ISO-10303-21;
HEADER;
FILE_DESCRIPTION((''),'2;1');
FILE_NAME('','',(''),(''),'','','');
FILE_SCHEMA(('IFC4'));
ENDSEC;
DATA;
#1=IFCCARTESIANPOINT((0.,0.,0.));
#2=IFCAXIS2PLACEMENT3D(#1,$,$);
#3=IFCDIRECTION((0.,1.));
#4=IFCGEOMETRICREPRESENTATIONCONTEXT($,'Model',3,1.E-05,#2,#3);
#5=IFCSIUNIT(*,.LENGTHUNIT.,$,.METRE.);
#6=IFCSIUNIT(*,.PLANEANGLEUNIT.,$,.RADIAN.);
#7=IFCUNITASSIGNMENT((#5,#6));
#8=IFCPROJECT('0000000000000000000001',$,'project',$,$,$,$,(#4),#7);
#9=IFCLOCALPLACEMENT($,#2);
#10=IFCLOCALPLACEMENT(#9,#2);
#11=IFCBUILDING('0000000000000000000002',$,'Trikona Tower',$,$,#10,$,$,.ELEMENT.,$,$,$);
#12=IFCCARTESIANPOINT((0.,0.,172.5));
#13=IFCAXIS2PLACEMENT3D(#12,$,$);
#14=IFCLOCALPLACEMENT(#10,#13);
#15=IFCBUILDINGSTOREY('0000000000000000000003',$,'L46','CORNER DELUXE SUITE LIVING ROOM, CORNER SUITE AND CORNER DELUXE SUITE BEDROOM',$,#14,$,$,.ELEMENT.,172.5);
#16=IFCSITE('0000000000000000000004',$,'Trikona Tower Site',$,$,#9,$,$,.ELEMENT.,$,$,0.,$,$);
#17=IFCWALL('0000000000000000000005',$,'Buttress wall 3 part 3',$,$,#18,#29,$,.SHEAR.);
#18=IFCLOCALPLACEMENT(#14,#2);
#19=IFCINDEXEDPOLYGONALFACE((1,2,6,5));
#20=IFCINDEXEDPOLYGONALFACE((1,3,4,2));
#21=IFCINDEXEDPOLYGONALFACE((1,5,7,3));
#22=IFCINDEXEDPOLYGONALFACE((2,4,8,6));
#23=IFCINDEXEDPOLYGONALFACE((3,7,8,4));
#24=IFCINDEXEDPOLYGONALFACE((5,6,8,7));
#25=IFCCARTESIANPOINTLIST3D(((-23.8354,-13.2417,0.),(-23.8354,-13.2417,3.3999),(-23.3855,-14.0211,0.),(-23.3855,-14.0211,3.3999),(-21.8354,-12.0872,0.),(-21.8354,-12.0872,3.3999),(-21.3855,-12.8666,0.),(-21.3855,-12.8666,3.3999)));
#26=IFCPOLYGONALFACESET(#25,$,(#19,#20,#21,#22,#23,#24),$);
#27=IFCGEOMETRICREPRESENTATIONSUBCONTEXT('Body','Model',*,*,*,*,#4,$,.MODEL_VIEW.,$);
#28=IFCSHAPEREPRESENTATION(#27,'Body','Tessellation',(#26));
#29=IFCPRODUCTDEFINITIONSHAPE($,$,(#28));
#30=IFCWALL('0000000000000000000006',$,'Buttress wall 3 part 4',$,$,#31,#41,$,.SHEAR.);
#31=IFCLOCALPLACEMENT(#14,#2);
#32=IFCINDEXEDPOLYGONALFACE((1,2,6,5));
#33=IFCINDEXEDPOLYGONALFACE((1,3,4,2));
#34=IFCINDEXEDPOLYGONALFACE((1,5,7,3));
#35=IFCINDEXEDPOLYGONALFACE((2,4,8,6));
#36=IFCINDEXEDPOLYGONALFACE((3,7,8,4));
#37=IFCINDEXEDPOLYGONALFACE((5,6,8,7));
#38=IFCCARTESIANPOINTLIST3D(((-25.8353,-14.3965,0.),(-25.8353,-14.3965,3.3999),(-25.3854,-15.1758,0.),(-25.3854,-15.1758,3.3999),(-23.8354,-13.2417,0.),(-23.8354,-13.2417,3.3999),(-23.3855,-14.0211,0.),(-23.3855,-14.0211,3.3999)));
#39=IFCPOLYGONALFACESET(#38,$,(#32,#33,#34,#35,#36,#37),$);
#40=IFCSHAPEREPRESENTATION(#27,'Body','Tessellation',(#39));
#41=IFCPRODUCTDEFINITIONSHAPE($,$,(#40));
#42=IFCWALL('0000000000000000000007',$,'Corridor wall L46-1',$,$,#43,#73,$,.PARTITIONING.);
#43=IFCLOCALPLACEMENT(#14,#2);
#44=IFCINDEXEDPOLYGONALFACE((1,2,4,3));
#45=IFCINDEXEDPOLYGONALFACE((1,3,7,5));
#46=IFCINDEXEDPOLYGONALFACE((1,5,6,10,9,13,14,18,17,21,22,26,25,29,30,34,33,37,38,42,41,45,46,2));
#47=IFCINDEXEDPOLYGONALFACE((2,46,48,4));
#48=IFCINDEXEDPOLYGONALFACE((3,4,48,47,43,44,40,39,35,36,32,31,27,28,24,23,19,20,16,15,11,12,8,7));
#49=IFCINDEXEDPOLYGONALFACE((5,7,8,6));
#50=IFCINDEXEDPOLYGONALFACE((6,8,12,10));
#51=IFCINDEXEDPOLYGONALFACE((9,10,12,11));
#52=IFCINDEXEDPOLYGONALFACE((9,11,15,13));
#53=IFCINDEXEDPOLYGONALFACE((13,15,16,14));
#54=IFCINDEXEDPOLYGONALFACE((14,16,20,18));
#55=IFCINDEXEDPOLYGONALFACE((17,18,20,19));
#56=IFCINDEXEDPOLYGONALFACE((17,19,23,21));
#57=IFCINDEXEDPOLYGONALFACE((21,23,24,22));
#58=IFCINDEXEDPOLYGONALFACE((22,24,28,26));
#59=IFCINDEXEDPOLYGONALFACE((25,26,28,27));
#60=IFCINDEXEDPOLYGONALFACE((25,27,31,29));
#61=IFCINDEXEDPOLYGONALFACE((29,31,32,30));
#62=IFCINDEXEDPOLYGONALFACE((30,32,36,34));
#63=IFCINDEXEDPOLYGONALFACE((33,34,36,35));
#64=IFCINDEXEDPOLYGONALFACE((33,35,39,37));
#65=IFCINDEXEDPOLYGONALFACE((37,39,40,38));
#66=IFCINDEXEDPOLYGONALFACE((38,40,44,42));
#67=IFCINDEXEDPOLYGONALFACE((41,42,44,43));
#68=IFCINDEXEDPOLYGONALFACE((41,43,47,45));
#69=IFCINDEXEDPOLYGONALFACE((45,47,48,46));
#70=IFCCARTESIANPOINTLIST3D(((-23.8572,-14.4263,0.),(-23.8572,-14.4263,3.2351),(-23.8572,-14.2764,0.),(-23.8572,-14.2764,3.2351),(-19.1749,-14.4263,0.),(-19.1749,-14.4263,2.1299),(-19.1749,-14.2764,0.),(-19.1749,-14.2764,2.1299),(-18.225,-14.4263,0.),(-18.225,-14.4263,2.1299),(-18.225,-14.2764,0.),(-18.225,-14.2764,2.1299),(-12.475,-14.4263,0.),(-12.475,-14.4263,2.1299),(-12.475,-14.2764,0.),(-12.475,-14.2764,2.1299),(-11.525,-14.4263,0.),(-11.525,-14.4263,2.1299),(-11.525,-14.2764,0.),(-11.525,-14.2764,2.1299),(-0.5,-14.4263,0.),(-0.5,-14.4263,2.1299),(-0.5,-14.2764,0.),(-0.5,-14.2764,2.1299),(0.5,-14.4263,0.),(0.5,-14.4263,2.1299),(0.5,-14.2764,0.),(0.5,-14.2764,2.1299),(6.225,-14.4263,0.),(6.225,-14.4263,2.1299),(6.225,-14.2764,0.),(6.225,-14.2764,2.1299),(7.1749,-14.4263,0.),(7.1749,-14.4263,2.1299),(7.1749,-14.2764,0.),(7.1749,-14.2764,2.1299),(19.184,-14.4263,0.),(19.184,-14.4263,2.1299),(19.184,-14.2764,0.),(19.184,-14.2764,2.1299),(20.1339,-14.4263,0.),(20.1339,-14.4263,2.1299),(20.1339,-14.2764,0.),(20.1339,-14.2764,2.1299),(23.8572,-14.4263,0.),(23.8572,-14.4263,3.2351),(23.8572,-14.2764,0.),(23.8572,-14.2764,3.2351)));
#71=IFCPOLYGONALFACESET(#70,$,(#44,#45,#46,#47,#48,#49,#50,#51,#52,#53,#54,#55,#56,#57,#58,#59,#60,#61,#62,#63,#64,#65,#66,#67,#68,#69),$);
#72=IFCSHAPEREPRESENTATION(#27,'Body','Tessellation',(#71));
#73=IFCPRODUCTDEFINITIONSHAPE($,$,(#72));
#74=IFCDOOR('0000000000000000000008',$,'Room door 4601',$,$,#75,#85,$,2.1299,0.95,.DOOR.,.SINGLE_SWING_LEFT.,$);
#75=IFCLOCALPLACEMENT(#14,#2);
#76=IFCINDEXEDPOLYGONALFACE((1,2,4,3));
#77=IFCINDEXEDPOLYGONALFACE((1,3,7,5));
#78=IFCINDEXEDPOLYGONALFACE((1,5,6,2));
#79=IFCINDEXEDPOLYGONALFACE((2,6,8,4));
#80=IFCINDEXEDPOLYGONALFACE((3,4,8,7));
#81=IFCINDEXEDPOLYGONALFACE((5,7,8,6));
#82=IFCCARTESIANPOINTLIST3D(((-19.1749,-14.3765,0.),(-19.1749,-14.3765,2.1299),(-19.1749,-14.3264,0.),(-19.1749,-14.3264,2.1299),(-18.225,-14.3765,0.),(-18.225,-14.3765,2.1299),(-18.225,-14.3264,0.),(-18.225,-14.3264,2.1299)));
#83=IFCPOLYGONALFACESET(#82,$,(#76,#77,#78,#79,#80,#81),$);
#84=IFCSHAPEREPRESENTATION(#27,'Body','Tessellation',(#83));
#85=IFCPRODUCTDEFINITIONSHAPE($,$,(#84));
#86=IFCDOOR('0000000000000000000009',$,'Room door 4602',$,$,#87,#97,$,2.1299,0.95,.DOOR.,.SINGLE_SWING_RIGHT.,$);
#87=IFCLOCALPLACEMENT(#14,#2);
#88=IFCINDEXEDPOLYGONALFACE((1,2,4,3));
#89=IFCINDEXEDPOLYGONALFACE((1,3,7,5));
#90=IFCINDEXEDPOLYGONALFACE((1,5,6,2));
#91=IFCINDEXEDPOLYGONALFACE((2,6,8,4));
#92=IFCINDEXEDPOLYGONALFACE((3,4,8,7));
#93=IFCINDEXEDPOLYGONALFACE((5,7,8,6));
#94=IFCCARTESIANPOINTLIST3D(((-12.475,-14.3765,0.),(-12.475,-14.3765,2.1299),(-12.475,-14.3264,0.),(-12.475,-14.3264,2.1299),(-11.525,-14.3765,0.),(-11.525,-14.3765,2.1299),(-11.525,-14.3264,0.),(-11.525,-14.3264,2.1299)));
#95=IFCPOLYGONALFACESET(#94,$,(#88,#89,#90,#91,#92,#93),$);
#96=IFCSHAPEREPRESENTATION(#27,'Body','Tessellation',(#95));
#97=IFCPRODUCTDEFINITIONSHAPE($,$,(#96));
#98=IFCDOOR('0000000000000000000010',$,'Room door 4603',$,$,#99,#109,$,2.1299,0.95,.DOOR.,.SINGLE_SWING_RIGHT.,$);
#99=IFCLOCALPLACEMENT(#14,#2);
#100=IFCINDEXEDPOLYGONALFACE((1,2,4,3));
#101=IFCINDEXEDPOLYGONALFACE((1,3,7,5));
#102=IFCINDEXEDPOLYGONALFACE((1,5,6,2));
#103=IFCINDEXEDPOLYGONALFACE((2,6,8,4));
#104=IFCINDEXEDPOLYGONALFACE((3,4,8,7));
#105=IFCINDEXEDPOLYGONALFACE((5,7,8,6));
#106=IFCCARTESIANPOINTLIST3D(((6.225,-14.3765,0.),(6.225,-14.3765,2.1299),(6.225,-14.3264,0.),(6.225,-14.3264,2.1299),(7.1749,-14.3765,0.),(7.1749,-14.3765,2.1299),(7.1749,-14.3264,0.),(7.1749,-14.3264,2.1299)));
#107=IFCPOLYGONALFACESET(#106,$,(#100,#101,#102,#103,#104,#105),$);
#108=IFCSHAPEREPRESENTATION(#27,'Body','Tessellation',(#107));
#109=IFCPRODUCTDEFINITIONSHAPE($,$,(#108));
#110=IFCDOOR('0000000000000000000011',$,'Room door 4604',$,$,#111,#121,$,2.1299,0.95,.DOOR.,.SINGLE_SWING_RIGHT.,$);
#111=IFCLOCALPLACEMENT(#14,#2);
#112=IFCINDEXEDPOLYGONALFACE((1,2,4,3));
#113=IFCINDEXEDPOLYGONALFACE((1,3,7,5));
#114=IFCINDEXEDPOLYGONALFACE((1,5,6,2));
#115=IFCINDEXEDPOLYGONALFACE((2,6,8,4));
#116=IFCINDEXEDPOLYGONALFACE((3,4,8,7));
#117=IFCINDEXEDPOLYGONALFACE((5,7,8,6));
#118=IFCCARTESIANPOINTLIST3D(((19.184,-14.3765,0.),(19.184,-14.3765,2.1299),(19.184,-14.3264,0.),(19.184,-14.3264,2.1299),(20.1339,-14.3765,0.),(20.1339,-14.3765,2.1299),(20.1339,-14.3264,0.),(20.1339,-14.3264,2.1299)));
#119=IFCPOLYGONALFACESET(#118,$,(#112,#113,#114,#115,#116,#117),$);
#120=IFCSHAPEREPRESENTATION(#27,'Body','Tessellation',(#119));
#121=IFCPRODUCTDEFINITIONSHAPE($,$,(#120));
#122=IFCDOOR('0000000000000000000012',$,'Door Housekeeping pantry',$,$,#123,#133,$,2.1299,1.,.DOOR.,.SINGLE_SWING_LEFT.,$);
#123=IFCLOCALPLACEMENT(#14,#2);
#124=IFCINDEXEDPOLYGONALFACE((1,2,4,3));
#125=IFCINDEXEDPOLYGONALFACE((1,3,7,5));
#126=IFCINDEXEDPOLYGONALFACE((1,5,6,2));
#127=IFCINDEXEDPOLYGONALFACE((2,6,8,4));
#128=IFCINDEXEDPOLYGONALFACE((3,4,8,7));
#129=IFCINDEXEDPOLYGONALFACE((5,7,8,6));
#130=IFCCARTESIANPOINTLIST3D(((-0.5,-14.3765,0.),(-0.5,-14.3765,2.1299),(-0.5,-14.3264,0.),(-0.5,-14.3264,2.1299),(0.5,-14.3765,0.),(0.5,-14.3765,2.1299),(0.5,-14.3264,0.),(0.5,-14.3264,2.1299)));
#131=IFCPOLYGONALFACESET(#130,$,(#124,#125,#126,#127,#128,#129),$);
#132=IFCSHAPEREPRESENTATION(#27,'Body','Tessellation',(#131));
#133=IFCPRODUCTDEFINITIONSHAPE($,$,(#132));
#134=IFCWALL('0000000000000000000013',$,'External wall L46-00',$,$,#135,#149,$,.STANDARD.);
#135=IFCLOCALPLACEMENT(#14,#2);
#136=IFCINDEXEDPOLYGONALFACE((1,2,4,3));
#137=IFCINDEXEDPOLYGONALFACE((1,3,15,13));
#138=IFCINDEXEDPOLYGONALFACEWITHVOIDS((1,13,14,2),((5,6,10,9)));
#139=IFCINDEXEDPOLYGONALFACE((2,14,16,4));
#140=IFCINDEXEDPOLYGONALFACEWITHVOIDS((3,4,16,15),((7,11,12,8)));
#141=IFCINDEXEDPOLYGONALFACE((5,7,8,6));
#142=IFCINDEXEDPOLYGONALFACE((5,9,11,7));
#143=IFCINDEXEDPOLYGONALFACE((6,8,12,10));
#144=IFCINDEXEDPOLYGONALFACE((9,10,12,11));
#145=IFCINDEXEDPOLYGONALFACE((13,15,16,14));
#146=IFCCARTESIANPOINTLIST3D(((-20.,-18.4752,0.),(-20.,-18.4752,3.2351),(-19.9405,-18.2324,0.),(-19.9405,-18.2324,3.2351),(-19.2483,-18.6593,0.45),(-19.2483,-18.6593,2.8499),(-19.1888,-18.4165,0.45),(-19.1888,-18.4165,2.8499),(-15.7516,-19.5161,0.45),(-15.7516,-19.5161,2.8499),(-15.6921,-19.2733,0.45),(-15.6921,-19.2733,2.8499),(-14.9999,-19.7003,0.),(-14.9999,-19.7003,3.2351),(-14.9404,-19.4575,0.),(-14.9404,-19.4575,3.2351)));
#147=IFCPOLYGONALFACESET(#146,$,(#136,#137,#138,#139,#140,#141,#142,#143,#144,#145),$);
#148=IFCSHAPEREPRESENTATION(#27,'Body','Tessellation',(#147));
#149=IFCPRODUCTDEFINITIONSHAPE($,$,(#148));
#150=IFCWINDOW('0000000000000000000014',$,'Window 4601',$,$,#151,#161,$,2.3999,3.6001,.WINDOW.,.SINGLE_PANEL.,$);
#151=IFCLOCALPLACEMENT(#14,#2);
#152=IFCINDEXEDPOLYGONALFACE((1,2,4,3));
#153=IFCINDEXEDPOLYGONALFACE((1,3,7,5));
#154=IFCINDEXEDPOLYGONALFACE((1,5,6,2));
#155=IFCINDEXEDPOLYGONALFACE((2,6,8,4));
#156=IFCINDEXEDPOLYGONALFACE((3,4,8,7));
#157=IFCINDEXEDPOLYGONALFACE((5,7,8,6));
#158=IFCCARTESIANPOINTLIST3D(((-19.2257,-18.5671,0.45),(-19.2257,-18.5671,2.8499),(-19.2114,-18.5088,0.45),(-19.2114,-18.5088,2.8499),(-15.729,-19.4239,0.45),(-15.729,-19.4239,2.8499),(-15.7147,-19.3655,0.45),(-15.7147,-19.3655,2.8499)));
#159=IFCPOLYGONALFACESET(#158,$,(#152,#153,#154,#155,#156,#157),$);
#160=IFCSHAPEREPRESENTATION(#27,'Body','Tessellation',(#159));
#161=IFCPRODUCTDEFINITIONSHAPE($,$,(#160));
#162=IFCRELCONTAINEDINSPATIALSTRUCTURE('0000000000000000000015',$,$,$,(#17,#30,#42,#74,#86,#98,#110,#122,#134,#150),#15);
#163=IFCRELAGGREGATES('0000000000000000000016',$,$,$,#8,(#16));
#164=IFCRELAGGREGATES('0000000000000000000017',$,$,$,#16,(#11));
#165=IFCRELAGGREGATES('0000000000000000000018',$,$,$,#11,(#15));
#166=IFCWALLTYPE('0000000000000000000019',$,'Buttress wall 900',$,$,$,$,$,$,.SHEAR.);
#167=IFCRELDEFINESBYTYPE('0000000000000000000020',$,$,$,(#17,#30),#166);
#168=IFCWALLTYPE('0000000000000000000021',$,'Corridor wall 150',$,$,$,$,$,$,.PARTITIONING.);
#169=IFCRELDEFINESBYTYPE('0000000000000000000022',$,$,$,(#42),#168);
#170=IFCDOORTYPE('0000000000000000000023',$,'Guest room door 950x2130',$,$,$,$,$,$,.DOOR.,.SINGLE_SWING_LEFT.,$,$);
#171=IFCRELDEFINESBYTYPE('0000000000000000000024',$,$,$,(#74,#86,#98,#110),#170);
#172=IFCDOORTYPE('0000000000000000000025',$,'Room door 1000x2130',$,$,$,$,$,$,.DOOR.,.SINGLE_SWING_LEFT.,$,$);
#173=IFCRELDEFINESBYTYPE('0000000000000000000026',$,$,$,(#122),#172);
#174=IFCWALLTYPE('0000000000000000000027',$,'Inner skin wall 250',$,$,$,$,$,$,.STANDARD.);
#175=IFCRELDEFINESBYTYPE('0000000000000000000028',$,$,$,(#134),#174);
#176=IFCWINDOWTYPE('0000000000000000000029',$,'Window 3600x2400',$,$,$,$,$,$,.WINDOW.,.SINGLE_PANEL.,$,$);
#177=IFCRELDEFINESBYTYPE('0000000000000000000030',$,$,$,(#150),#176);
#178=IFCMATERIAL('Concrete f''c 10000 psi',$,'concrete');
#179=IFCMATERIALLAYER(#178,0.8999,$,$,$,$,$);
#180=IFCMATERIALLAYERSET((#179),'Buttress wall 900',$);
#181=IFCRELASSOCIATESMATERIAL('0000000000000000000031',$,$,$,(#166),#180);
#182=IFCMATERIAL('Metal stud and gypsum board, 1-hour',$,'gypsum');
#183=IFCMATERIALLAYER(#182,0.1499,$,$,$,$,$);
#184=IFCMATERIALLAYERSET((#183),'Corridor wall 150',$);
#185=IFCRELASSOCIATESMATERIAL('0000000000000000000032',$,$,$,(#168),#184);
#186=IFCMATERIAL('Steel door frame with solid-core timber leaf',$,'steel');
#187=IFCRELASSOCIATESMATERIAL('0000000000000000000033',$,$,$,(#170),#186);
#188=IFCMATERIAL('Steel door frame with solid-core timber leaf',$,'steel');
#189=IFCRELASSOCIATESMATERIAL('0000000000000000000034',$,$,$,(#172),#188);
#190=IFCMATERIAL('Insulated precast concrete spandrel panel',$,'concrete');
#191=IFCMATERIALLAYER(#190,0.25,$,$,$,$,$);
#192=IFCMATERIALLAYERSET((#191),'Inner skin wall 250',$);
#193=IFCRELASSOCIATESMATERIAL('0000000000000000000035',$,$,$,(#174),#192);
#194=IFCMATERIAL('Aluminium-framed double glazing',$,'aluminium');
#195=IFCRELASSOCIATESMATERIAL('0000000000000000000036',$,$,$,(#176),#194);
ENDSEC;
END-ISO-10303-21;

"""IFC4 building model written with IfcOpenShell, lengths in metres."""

from ifc_helpers import new_model, si_unit, direction, frame, frame_2d, origin, place, context, subcontext, project, spatial, rectangle, extrude, material, layer, layer_set, type_object, element, fill, save


model = new_model("IFC4")

# Units and contexts
model_context = context("Model", 3, precision=1e-05, world=origin(), true_north=direction((0.0, 1.0)))
body_context = subcontext(model_context, "Body", "Model", "MODEL_VIEW")
ifc_project = project(units=[si_unit("LENGTHUNIT", "METRE"), si_unit("PLANEANGLEUNIT", "RADIAN")], contexts=[model_context])

# Site, building, storey
site_placement = place(None, origin())
site = spatial("IfcSite", under=ifc_project, at=site_placement, Name="Trikona Tower Site", CompositionType="ELEMENT", RefElevation=0.0)
building_placement = place(site_placement, origin())
building = spatial("IfcBuilding", under=site, at=building_placement, Name="Trikona Tower", CompositionType="ELEMENT")
storey_placement = place(building_placement, frame((0.0, 0.0, 172.5)))
storey = spatial("IfcBuildingStorey", under=building, at=storey_placement, Name="L46", Description="CORNER DELUXE SUITE LIVING ROOM, CORNER SUITE AND CORNER DELUXE SUITE BEDROOM", CompositionType="ELEMENT", Elevation=172.5)

# Walls
ifc_material_1 = material(Name="Concrete f'c 10000 psi", Category="concrete")
ifc_layer_1 = layer(ifc_material_1, 0.8999)
ifc_layer_set_1 = layer_set([ifc_layer_1], Name="Buttress wall 900")
wall_type_1 = type_object("IfcWallType", Name="Buttress wall 900", PredefinedType="SHEAR", material=ifc_layer_set_1)
for number, where, z_axis, x_axis, name in (
    (1, (-21.6104, -12.4768, 0.0), (0.0, 0.0, 1.0), (-0.866055, -0.499948, 0.0), "Buttress wall 3 part 3"),
    (2, (-23.6104, -13.6313, 0.0), (0.0, 0.0, 1.0), (-0.86601, -0.500027, 0.0), "Buttress wall 3 part 4"),
):
    element("IfcWall", number, at=place(storey_placement, frame(where, z_axis=z_axis, x_axis=x_axis)), inside=storey, type_object=wall_type_1, Name=name, PredefinedType="SHEAR", context=body_context, shape_type="SweptSolid", body=[
        extrude(rectangle(XDim=2.3093, YDim=0.8999, at=frame_2d((1.1548, 0.0))), origin(), (0.0, 0.0, 1.0), 3.3999),
    ])

# Wall, openings, doors
ifc_material_2 = material(Name="Metal stud and gypsum board, 1-hour", Category="gypsum")
ifc_layer_2 = layer(ifc_material_2, 0.1499)
ifc_layer_set_2 = layer_set([ifc_layer_2], Name="Corridor wall 150")
wall_type_2 = type_object("IfcWallType", Name="Corridor wall 150", PredefinedType="PARTITIONING", material=ifc_layer_set_2)
wall_1_placement = place(storey_placement, frame((-23.8572, -14.3513, 0.0), z_axis=(0.0, 0.0, 1.0), x_axis=(1.0, 0.0, 0.0)))
wall_1 = element("IfcWall", 3, at=wall_1_placement, inside=storey, type_object=wall_type_2, Name="Corridor wall L46-1", PredefinedType="PARTITIONING", context=body_context, shape_type="SweptSolid", body=[
    extrude(rectangle(XDim=47.7144, YDim=0.1499, at=frame_2d((23.8572, 0.0))), origin(), (0.0, 0.0, 1.0), 3.2351),
])
opening_1_placement = place(wall_1_placement, frame((4.6821, 0.0, 0.0)))
opening_1 = element("IfcOpeningElement", 4, at=opening_1_placement, cuts=wall_1, PredefinedType="OPENING", context=body_context, shape_type="SweptSolid", body=[
    extrude(rectangle(XDim=0.95, YDim=2.1299, at=frame_2d((0.4751, 1.0649))), frame((0.0, 0.085, 0.0), z_axis=(0.0, -1.0, 0.0), x_axis=(1.0, 0.0, 0.0)), (0.0, 0.0, 1.0), 0.1699),
])
opening_2_placement = place(wall_1_placement, frame((11.3821, 0.0, 0.0)))
opening_2 = element("IfcOpeningElement", 5, at=opening_2_placement, cuts=wall_1, PredefinedType="OPENING", context=body_context, shape_type="SweptSolid", body=[
    extrude(rectangle(XDim=0.95, YDim=2.1299, at=frame_2d((0.4751, 1.0649))), frame((0.0, 0.085, 0.0), z_axis=(0.0, -1.0, 0.0), x_axis=(1.0, 0.0, 0.0)), (0.0, 0.0, 1.0), 0.1699),
])
opening_3_placement = place(wall_1_placement, frame((23.3572, 0.0, 0.0)))
opening_3 = element("IfcOpeningElement", 6, at=opening_3_placement, cuts=wall_1, PredefinedType="OPENING", context=body_context, shape_type="SweptSolid", body=[
    extrude(rectangle(XDim=1.0, YDim=2.1299, at=frame_2d((0.5, 1.0649))), frame((0.0, 0.085, 0.0), z_axis=(0.0, -1.0, 0.0), x_axis=(1.0, 0.0, 0.0)), (0.0, 0.0, 1.0), 0.1699),
])
opening_4_placement = place(wall_1_placement, frame((30.082, 0.0, 0.0)))
opening_4 = element("IfcOpeningElement", 7, at=opening_4_placement, cuts=wall_1, PredefinedType="OPENING", context=body_context, shape_type="SweptSolid", body=[
    extrude(rectangle(XDim=0.95, YDim=2.1299, at=frame_2d((0.4751, 1.0649))), frame((0.0, 0.085, 0.0), z_axis=(0.0, -1.0, 0.0), x_axis=(1.0, 0.0, 0.0)), (0.0, 0.0, 1.0), 0.1699),
])
opening_5_placement = place(wall_1_placement, frame((43.041, 0.0, 0.0)))
opening_5 = element("IfcOpeningElement", 8, at=opening_5_placement, cuts=wall_1, PredefinedType="OPENING", context=body_context, shape_type="SweptSolid", body=[
    extrude(rectangle(XDim=0.95, YDim=2.1299, at=frame_2d((0.4751, 1.0649))), frame((0.0, 0.085, 0.0), z_axis=(0.0, -1.0, 0.0), x_axis=(1.0, 0.0, 0.0)), (0.0, 0.0, 1.0), 0.1699),
])
ifc_material_3 = material(Name="Steel door frame with solid-core timber leaf", Category="steel")
door_type_1 = type_object("IfcDoorType", Name="Guest room door 950x2130", OperationType="SINGLE_SWING_LEFT", PredefinedType="DOOR", material=ifc_material_3)
door_1_placement = place(opening_1_placement, origin())
door_1 = element("IfcDoor", 9, at=door_1_placement, inside=storey, type_object=door_type_1, Name="Room door 4601", OperationType="SINGLE_SWING_LEFT", OverallHeight=2.1299, OverallWidth=0.95, PredefinedType="DOOR", context=body_context, shape_type="SweptSolid", body=[
    extrude(rectangle(XDim=0.95, YDim=2.1299, at=frame_2d((0.4751, 1.0649))), frame((0.0, 0.0249, 0.0), z_axis=(0.0, -1.0, 0.0), x_axis=(1.0, 0.0, 0.0)), (0.0, 0.0, 1.0), 0.05),
])
fill(opening_1, door_1)
door_2_placement = place(opening_2_placement, origin())
door_2 = element("IfcDoor", 10, at=door_2_placement, inside=storey, type_object=door_type_1, Name="Room door 4602", OperationType="SINGLE_SWING_RIGHT", OverallHeight=2.1299, OverallWidth=0.95, PredefinedType="DOOR", context=body_context, shape_type="SweptSolid", body=[
    extrude(rectangle(XDim=0.95, YDim=2.1299, at=frame_2d((0.4751, 1.0649))), frame((0.0, 0.0249, 0.0), z_axis=(0.0, -1.0, 0.0), x_axis=(1.0, 0.0, 0.0)), (0.0, 0.0, 1.0), 0.05),
])
fill(opening_2, door_2)
door_3_placement = place(opening_4_placement, origin())
door_3 = element("IfcDoor", 11, at=door_3_placement, inside=storey, type_object=door_type_1, Name="Room door 4603", OperationType="SINGLE_SWING_RIGHT", OverallHeight=2.1299, OverallWidth=0.95, PredefinedType="DOOR", context=body_context, shape_type="SweptSolid", body=[
    extrude(rectangle(XDim=0.95, YDim=2.1299, at=frame_2d((0.4751, 1.0649))), frame((0.0, 0.0249, 0.0), z_axis=(0.0, -1.0, 0.0), x_axis=(1.0, 0.0, 0.0)), (0.0, 0.0, 1.0), 0.05),
])
fill(opening_4, door_3)
door_4_placement = place(opening_5_placement, origin())
door_4 = element("IfcDoor", 12, at=door_4_placement, inside=storey, type_object=door_type_1, Name="Room door 4604", OperationType="SINGLE_SWING_RIGHT", OverallHeight=2.1299, OverallWidth=0.95, PredefinedType="DOOR", context=body_context, shape_type="SweptSolid", body=[
    extrude(rectangle(XDim=0.95, YDim=2.1299, at=frame_2d((0.4751, 1.0649))), frame((0.0, 0.0249, 0.0), z_axis=(0.0, -1.0, 0.0), x_axis=(1.0, 0.0, 0.0)), (0.0, 0.0, 1.0), 0.05),
])
fill(opening_5, door_4)
ifc_material_4 = material(Name="Steel door frame with solid-core timber leaf", Category="steel")
door_type_2 = type_object("IfcDoorType", Name="Room door 1000x2130", OperationType="SINGLE_SWING_LEFT", PredefinedType="DOOR", material=ifc_material_4)
door_5_placement = place(opening_3_placement, origin())
door_5 = element("IfcDoor", 13, at=door_5_placement, inside=storey, type_object=door_type_2, Name="Door Housekeeping pantry", OperationType="SINGLE_SWING_LEFT", OverallHeight=2.1299, OverallWidth=1.0, PredefinedType="DOOR", context=body_context, shape_type="SweptSolid", body=[
    extrude(rectangle(XDim=1.0, YDim=2.1299, at=frame_2d((0.5, 1.0649))), frame((0.0, 0.0249, 0.0), z_axis=(0.0, -1.0, 0.0), x_axis=(1.0, 0.0, 0.0)), (0.0, 0.0, 1.0), 0.05),
])
fill(opening_3, door_5)

# Wall, opening, window
ifc_material_5 = material(Name="Insulated precast concrete spandrel panel", Category="concrete")
ifc_layer_3 = layer(ifc_material_5, 0.25)
ifc_layer_set_3 = layer_set([ifc_layer_3], Name="Inner skin wall 250")
wall_type_3 = type_object("IfcWallType", Name="Inner skin wall 250", PredefinedType="STANDARD", material=ifc_layer_set_3)
wall_2_placement = place(storey_placement, frame((-19.9702, -18.3538, 0.0), z_axis=(0.0, 0.0, 1.0), x_axis=(0.97127, -0.23798, 0.0)))
wall_2 = element("IfcWall", 14, at=wall_2_placement, inside=storey, type_object=wall_type_3, Name="External wall L46-00", PredefinedType="STANDARD", context=body_context, shape_type="SweptSolid", body=[
    extrude(rectangle(XDim=5.1479, YDim=0.25, at=frame_2d((2.574, 0.0))), origin(), (0.0, 0.0, 1.0), 3.2351),
])
opening_6_placement = place(wall_2_placement, frame((0.7739, 0.0, 0.45)))
opening_6 = element("IfcOpeningElement", 15, at=opening_6_placement, cuts=wall_2, PredefinedType="OPENING", context=body_context, shape_type="SweptSolid", body=[
    extrude(rectangle(XDim=3.6001, YDim=2.3999, at=frame_2d((1.8, 1.2))), frame((0.0, 0.135, 0.0), z_axis=(0.0, -1.0, 0.0), x_axis=(1.0, 0.0, 0.0)), (0.0, 0.0, 1.0), 0.27),
])
ifc_material_6 = material(Name="Aluminium-framed double glazing", Category="aluminium")
window_type_1 = type_object("IfcWindowType", Name="Window 3600x2400", PartitioningType="SINGLE_PANEL", PredefinedType="WINDOW", material=ifc_material_6)
window_1_placement = place(opening_6_placement, origin())
window_1 = element("IfcWindow", 16, at=window_1_placement, inside=storey, type_object=window_type_1, Name="Window 4601", OverallHeight=2.3999, OverallWidth=3.6001, PartitioningType="SINGLE_PANEL", PredefinedType="WINDOW", context=body_context, shape_type="SweptSolid", body=[
    extrude(rectangle(XDim=3.6001, YDim=2.3999, at=frame_2d((1.8, 1.2))), frame((0.0, 0.03, 0.0), z_axis=(0.0, -1.0, 0.0), x_axis=(1.0, 0.0, 0.0)), (0.0, 0.0, 1.0), 0.0601),
])
fill(opening_6, window_1)

save(model, "model.ifc")
